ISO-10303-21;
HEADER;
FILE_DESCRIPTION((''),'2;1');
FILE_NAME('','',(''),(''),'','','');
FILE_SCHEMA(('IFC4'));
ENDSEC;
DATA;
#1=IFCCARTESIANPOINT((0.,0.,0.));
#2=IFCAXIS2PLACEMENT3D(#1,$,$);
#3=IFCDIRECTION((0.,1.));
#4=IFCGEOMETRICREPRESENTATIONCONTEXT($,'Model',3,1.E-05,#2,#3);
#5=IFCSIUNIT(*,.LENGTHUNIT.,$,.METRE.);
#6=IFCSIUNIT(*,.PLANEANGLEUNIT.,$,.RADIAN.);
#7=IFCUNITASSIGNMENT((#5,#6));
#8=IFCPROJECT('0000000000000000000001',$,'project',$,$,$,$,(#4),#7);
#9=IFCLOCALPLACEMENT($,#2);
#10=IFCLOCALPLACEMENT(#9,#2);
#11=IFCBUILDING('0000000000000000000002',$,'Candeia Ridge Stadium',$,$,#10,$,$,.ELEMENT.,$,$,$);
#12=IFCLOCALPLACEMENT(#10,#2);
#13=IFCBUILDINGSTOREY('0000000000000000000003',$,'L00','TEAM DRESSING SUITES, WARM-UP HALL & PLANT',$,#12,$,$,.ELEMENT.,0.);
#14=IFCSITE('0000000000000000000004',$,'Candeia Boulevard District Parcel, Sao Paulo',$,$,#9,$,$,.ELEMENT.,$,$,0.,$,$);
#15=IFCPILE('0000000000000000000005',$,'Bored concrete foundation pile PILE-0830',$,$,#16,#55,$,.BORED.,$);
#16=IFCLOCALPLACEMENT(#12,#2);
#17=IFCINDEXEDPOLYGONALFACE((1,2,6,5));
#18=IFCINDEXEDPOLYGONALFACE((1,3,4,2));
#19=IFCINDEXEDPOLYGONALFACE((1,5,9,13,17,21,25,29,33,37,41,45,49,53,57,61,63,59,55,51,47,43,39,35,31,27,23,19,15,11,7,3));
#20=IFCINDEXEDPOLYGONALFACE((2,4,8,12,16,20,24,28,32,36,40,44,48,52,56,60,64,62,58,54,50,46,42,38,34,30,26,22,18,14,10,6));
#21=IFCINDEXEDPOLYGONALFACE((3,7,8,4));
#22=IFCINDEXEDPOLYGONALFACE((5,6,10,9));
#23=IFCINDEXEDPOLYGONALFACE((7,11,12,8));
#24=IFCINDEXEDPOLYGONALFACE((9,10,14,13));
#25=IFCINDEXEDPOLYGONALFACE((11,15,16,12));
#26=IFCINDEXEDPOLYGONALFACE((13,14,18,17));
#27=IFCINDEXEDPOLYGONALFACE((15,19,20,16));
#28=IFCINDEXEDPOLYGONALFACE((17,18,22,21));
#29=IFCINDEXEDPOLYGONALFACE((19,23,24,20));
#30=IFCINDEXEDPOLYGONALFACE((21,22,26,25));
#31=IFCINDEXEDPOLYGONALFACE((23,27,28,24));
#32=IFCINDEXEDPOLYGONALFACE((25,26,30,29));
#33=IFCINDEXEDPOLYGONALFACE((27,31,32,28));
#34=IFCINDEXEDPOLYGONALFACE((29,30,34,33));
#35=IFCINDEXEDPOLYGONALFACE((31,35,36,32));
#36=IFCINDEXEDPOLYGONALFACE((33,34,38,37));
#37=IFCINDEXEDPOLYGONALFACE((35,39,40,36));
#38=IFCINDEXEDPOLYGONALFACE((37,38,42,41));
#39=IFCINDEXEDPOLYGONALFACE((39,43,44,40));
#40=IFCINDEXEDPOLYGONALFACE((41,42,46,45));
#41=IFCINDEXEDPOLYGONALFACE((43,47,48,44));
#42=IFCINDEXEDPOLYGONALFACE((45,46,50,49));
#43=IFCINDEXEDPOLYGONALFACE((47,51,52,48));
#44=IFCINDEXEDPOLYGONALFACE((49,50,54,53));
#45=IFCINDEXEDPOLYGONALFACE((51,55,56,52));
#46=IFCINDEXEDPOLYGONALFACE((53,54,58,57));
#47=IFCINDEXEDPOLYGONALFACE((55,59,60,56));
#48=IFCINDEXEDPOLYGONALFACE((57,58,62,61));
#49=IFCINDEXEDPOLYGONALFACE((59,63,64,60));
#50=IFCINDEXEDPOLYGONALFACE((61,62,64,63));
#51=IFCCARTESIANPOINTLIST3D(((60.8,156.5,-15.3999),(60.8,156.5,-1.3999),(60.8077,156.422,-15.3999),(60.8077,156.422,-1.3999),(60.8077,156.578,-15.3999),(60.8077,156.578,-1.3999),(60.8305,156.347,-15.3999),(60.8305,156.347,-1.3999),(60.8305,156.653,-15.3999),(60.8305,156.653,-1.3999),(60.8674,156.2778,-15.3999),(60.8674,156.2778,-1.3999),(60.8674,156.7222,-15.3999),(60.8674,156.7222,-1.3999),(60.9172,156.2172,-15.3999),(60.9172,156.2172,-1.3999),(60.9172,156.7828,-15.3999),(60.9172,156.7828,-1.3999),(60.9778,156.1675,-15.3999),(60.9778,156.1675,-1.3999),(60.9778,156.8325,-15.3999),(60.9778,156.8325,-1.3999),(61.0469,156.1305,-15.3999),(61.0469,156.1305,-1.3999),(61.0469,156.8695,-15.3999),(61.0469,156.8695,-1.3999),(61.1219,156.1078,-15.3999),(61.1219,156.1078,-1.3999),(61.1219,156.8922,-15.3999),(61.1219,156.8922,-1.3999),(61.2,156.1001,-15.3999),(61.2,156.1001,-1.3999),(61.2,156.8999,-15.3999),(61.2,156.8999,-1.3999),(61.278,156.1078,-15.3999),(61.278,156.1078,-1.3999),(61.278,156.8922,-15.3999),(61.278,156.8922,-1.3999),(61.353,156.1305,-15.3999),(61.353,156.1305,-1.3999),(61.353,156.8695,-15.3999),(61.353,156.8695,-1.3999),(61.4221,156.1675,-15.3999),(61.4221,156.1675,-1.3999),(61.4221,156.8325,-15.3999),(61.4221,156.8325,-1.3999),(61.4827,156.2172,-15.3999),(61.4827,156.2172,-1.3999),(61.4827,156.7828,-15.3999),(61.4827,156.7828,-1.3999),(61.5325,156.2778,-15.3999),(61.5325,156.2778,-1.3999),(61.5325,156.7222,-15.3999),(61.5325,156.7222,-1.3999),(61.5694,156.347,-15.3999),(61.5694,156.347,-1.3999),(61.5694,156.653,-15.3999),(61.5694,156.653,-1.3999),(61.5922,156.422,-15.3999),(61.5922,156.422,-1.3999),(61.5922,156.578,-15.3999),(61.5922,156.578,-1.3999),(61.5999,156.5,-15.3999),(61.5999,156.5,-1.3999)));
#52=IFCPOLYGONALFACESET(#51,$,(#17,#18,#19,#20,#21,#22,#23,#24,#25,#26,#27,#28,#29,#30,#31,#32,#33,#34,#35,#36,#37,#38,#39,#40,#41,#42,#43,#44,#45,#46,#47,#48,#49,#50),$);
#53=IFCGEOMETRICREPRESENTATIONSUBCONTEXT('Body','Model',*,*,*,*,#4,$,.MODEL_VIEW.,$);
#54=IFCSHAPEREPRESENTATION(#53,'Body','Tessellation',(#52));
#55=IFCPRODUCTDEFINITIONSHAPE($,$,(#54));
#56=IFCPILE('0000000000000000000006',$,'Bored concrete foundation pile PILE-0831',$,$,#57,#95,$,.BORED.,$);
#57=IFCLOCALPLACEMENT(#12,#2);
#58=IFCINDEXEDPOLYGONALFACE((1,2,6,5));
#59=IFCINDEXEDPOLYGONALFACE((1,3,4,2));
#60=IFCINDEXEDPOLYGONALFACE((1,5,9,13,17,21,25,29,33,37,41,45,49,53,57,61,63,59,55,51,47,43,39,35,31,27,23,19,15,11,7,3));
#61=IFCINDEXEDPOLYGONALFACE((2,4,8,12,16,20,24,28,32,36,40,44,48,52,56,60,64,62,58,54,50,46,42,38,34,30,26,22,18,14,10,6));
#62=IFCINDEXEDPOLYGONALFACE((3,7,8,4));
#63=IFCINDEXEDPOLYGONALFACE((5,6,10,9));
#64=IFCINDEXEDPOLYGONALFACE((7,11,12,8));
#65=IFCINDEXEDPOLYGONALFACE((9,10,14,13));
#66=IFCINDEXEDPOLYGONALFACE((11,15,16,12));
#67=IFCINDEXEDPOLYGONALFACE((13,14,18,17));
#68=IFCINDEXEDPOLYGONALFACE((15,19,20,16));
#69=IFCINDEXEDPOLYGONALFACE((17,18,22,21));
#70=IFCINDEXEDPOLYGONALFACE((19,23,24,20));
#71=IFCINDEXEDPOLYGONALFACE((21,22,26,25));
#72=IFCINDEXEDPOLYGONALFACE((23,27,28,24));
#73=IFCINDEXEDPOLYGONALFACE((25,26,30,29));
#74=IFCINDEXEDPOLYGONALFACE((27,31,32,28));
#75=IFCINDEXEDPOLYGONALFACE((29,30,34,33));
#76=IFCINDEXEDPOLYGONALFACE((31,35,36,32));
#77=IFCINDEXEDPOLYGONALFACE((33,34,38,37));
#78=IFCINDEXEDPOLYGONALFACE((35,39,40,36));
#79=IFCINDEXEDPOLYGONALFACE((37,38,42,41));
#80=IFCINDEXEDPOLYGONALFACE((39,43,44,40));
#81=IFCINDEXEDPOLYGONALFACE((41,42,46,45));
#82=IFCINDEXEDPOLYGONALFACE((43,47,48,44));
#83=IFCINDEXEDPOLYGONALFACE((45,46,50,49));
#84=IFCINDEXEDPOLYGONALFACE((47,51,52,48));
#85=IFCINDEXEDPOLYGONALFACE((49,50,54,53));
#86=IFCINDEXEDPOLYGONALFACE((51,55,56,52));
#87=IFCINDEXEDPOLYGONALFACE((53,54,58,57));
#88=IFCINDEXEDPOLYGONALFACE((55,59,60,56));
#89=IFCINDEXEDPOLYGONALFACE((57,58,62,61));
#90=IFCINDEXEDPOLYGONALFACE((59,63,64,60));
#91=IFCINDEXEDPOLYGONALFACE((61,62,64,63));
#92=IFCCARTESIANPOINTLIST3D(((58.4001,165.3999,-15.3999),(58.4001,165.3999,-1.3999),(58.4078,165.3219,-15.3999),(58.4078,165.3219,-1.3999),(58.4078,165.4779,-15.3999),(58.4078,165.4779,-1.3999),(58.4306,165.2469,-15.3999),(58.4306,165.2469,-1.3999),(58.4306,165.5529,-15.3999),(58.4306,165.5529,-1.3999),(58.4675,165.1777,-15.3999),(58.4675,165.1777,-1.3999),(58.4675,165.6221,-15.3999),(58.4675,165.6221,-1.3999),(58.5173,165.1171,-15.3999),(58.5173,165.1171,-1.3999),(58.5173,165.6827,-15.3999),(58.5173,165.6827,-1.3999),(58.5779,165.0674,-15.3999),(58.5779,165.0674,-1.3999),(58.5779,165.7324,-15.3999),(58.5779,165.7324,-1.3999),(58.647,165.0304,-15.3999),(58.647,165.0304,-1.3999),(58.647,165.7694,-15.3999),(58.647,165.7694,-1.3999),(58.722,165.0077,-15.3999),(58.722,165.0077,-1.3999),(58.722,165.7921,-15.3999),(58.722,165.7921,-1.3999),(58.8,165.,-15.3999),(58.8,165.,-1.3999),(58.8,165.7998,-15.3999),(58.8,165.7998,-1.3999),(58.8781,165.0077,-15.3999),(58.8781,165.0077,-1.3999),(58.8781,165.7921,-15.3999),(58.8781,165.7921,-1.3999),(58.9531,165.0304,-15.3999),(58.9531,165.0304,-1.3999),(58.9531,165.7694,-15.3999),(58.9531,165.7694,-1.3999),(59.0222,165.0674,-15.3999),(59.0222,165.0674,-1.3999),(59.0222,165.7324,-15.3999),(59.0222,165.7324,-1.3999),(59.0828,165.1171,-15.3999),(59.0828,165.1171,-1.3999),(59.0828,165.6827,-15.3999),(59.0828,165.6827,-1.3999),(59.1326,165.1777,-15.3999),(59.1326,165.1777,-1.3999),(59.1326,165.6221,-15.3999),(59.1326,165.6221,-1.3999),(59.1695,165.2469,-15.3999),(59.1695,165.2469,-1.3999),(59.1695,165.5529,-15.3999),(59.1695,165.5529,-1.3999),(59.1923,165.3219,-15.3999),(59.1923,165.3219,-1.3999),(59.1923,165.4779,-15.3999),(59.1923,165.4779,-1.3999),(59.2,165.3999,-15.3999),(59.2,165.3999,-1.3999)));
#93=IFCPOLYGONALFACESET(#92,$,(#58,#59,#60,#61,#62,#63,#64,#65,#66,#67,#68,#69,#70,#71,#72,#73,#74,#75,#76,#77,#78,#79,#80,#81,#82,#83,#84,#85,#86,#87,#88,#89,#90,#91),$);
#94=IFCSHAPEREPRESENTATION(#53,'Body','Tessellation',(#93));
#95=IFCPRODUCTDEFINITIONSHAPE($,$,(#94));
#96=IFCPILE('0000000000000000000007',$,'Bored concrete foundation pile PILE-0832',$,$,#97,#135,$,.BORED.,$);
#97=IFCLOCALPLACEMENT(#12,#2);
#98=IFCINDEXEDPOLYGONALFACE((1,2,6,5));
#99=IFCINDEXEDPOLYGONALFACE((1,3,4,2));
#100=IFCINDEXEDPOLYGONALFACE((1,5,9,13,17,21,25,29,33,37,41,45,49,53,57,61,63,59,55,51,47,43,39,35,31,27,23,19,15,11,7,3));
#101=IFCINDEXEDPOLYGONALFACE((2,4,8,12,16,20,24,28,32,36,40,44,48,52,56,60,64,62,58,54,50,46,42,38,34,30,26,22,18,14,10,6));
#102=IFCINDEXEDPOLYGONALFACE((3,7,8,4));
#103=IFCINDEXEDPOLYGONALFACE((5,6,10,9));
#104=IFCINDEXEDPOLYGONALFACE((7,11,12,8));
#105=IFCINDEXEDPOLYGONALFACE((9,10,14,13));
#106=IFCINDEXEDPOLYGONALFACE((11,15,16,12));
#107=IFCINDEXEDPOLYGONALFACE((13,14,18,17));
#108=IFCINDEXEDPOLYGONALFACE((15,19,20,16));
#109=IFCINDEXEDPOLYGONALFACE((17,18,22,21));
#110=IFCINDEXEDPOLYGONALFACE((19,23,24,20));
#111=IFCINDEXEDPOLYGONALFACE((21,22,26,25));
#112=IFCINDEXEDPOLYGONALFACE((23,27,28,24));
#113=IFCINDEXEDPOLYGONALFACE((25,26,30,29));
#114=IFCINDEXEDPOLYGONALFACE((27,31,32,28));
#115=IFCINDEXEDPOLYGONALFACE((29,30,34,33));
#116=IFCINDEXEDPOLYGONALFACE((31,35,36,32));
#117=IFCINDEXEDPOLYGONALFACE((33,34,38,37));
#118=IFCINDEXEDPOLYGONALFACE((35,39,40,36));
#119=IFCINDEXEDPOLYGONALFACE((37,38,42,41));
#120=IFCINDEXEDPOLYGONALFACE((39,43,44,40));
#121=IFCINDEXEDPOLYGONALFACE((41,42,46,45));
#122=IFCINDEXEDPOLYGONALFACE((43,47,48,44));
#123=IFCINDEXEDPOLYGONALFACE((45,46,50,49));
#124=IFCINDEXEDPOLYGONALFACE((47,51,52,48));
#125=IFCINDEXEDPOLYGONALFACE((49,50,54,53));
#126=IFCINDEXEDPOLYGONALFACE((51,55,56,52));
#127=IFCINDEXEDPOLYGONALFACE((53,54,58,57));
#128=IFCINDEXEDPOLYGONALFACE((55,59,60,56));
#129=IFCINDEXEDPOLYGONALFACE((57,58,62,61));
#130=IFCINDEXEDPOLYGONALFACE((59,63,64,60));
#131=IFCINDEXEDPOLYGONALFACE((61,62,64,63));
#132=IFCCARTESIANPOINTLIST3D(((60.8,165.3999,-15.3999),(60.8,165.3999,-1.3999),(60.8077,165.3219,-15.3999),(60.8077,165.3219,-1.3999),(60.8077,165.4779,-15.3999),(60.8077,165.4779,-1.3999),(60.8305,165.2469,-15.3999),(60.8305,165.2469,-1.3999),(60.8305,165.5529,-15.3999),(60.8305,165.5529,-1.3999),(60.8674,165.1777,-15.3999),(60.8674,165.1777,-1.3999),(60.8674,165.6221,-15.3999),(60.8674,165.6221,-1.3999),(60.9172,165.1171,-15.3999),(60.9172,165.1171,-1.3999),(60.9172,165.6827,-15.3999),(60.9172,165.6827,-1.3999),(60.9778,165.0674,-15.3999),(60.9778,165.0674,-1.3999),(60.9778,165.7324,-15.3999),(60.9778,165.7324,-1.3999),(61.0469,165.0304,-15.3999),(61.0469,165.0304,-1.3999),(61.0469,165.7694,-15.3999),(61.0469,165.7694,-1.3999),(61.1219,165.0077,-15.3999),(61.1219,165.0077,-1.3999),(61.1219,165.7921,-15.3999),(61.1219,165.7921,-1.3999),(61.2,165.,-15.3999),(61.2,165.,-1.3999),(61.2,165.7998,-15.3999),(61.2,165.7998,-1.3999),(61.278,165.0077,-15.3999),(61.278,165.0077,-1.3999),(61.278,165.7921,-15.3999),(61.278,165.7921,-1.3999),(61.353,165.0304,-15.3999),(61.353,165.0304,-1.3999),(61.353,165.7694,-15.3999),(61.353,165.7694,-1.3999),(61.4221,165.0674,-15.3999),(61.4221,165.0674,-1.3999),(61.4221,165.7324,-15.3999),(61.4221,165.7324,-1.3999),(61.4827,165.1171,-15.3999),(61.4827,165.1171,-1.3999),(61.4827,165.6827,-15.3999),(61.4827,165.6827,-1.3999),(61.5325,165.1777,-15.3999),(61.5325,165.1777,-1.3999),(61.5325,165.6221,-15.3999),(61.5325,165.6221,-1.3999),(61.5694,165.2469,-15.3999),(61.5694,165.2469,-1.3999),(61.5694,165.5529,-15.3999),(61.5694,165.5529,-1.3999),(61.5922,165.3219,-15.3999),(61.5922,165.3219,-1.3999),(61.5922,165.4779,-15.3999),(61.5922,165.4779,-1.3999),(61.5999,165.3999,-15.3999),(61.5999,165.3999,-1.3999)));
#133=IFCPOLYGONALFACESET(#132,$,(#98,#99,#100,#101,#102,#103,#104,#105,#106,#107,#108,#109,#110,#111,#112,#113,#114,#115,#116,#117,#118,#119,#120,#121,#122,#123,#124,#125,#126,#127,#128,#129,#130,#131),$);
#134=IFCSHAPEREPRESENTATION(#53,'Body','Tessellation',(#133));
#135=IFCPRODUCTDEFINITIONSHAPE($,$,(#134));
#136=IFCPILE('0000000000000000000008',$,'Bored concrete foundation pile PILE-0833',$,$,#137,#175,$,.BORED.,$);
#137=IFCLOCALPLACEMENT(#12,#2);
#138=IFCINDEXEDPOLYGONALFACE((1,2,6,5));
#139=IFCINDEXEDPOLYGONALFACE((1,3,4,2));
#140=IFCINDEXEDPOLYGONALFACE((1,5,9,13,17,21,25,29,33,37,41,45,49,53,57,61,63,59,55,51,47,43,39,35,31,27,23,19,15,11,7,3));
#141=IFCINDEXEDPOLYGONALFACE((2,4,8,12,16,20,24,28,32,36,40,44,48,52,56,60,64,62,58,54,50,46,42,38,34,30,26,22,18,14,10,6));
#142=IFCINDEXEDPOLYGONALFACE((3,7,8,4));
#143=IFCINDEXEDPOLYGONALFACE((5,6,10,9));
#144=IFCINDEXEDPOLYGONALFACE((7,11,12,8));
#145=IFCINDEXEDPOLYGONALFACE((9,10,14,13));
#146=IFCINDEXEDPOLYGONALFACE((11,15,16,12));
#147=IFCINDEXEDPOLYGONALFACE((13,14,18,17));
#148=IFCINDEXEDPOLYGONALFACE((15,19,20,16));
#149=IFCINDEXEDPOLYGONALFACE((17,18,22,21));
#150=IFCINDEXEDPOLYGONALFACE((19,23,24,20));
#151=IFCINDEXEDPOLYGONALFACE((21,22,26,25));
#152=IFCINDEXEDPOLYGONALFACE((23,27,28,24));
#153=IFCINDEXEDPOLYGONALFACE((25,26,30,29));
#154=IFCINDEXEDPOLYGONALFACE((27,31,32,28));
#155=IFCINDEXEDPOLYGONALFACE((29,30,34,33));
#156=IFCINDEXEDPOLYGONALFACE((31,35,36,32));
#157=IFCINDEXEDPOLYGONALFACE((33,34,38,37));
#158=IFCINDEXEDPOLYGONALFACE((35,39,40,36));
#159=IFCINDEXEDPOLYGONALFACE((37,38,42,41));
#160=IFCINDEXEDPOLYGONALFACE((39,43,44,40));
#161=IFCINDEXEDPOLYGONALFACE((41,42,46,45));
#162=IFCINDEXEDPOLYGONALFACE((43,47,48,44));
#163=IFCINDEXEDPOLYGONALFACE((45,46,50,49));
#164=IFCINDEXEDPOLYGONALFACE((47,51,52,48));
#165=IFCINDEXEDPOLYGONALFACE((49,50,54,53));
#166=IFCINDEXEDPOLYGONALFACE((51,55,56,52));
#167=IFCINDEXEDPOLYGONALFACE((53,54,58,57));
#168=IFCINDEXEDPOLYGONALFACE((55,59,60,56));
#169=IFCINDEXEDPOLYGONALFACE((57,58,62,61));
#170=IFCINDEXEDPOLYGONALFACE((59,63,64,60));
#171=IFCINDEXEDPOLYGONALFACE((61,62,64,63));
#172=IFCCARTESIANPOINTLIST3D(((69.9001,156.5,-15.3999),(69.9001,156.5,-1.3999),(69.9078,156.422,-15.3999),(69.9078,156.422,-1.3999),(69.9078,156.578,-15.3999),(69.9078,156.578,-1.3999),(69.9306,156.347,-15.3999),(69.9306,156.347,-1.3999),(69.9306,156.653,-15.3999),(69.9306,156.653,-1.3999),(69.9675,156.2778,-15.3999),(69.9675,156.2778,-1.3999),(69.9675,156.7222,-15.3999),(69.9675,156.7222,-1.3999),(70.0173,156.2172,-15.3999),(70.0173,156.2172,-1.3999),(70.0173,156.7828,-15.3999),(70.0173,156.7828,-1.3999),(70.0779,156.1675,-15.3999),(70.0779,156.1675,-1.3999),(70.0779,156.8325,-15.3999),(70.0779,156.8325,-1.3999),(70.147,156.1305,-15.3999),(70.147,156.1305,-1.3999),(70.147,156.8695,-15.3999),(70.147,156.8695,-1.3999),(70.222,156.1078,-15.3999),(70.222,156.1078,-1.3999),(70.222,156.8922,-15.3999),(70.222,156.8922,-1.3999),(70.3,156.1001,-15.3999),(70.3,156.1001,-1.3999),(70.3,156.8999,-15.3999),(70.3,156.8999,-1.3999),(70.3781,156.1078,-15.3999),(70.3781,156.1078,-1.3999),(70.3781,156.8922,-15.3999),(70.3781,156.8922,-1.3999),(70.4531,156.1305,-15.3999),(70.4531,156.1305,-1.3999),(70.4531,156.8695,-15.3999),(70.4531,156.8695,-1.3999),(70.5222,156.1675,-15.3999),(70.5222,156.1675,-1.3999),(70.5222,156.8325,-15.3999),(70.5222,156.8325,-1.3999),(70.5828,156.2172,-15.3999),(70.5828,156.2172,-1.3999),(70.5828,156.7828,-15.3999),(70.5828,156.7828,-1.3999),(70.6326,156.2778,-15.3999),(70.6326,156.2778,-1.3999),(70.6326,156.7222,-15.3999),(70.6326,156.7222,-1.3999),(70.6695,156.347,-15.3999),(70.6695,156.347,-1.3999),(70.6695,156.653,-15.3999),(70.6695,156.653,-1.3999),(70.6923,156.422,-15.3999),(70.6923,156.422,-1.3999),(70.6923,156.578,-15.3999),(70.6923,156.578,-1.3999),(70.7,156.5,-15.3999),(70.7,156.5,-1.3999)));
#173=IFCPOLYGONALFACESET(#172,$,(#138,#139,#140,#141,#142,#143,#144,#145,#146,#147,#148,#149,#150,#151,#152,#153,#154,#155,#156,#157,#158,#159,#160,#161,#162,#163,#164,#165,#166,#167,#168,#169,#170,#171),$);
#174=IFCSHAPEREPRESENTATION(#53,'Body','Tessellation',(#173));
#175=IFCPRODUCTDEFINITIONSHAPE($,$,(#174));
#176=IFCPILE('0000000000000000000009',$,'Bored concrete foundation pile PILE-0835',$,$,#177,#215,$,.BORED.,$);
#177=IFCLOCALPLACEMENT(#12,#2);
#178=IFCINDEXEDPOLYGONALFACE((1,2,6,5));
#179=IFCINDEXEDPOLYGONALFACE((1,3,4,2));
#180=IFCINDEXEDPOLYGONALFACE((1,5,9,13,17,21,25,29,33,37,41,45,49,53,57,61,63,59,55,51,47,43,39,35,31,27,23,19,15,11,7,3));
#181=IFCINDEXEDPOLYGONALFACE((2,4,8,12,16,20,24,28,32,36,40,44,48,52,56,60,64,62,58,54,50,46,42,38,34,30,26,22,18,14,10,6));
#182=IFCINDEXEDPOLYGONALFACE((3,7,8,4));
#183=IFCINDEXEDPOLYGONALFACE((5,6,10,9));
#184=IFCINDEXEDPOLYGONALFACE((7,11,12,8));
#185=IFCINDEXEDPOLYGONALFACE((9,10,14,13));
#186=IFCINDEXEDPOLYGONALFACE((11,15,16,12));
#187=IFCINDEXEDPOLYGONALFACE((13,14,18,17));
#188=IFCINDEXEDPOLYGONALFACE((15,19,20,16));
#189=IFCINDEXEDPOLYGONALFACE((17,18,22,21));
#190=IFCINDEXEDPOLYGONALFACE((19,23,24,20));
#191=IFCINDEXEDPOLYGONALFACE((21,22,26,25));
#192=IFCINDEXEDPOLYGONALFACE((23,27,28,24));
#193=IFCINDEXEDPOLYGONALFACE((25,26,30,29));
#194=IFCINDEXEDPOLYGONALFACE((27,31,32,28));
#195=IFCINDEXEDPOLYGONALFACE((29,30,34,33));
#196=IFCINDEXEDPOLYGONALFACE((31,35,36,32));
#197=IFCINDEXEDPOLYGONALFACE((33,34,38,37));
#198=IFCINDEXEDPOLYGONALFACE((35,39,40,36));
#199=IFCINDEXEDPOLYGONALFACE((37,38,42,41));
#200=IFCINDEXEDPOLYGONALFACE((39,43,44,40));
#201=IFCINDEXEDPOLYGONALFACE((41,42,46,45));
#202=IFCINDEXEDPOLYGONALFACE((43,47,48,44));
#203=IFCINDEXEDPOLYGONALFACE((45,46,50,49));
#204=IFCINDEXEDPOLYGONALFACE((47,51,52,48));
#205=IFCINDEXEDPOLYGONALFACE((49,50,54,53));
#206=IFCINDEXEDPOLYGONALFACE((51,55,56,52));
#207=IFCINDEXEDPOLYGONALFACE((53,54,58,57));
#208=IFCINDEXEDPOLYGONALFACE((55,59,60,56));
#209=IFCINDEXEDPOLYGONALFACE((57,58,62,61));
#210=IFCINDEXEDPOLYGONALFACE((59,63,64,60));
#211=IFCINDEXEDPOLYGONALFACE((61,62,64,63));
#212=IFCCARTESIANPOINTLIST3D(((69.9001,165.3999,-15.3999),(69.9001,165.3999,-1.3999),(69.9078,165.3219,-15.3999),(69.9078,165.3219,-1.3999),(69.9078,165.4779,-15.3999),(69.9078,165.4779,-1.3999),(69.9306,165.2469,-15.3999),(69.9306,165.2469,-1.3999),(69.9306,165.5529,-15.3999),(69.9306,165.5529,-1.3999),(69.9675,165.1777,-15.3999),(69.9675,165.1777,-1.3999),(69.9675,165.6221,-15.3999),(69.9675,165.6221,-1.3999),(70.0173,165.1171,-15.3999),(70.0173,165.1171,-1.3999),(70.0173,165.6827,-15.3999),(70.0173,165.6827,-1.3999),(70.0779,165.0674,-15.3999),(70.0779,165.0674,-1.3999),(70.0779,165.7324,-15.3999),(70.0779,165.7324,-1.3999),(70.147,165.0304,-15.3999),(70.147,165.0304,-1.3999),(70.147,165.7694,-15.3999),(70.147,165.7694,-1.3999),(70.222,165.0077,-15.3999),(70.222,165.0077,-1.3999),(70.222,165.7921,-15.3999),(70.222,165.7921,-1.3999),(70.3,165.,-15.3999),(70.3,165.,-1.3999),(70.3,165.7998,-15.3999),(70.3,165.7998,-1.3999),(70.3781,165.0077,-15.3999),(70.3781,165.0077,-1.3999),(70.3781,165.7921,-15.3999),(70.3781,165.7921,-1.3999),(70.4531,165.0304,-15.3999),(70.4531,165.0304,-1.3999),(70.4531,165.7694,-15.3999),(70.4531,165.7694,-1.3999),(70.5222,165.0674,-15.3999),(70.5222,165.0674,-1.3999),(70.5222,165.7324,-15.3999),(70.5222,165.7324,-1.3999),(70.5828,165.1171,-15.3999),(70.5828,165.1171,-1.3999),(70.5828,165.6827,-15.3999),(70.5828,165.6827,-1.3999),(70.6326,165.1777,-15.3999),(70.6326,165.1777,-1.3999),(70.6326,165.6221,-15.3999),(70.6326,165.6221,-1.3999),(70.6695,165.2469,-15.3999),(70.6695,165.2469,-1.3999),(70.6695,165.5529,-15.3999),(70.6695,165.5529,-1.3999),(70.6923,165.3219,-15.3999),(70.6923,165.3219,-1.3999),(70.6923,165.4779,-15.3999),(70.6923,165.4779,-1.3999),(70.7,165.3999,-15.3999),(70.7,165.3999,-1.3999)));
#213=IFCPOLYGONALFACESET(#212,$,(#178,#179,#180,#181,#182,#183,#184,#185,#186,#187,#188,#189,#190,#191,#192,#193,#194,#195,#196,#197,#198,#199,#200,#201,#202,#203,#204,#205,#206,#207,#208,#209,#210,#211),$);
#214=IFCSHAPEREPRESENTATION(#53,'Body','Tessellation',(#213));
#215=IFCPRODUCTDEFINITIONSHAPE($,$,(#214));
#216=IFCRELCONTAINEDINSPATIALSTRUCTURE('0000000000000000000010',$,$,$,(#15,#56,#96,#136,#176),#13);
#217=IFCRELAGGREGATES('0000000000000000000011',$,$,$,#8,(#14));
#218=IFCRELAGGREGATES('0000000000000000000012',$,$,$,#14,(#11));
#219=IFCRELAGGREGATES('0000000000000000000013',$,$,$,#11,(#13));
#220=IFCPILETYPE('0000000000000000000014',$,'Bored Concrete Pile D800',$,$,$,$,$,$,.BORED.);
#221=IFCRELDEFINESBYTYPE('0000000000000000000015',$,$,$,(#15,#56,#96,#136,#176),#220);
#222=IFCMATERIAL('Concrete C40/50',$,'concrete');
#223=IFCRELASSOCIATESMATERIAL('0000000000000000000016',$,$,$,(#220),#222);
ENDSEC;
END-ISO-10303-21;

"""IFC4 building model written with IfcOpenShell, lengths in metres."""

from ifc_helpers import new_model, si_unit, direction, frame, origin, origin_2d, place, context, subcontext, project, spatial, circle, extrude, material, material_profile, profile_set, type_object, element, save


model = new_model("IFC4")

# Units and contexts
model_context = context("Model", 3, precision=1e-05, world=origin(), true_north=direction((0.0, 1.0)))
body_context = subcontext(model_context, "Body", "Model", "MODEL_VIEW")
ifc_project = project(units=[si_unit("LENGTHUNIT", "METRE"), si_unit("PLANEANGLEUNIT", "RADIAN")], contexts=[model_context])

# Site, building, storey
site_placement = place(None, origin())
site = spatial("IfcSite", under=ifc_project, at=site_placement, Name="Candeia Boulevard District Parcel, Sao Paulo", CompositionType="ELEMENT", RefElevation=0.0)
building_placement = place(site_placement, origin())
building = spatial("IfcBuilding", under=site, at=building_placement, Name="Candeia Ridge Stadium", CompositionType="ELEMENT")
storey_placement = place(building_placement, origin())
storey = spatial("IfcBuildingStorey", under=building, at=storey_placement, Name="L00", Description="TEAM DRESSING SUITES, WARM-UP HALL & PLANT", CompositionType="ELEMENT", Elevation=0.0)

# Piles
ifc_material_1 = material(Name="Concrete C40/50", Category="concrete")
ifc_material_profile_1 = material_profile(ifc_material_1, circle(Radius=0.3999, at=origin_2d()), Name="PILE-D800", Category="concrete")
ifc_profile_set_1 = profile_set([ifc_material_profile_1], Name="Concrete C40/50")
pile_type = type_object("IfcPileType", Name="Bored Concrete Pile D800", PredefinedType="BORED", material=ifc_profile_set_1)
for number, where, z_axis, x_axis, name in (
    (1, (61.2, 156.5, -1.3999), (0.0, 0.0, -1.0), (1.0, 0.0, 0.0), "Bored concrete foundation pile PILE-0830"),
    (2, (58.8, 165.3999, -1.3999), (0.0, 0.0, -1.0), (1.0, 0.0, 0.0), "Bored concrete foundation pile PILE-0831"),
    (3, (61.2, 165.3999, -1.3999), (0.0, 0.0, -1.0), (1.0, 0.0, 0.0), "Bored concrete foundation pile PILE-0832"),
    (4, (70.3, 156.5, -1.3999), (0.0, 0.0, -1.0), (1.0, 0.0, 0.0), "Bored concrete foundation pile PILE-0833"),
    (5, (70.3, 165.3999, -1.3999), (0.0, 0.0, -1.0), (1.0, 0.0, 0.0), "Bored concrete foundation pile PILE-0835"),
):
    element("IfcPile", number, at=place(storey_placement, frame(where, z_axis=z_axis, x_axis=x_axis)), inside=storey, type_object=pile_type, Name=name, PredefinedType="BORED", context=body_context, shape_type="SweptSolid", body=[
        extrude(circle(Radius=0.3999, at=origin_2d()), origin(), (0.0, 0.0, 1.0), 14.0),
    ])

save(model, "model.ifc")
